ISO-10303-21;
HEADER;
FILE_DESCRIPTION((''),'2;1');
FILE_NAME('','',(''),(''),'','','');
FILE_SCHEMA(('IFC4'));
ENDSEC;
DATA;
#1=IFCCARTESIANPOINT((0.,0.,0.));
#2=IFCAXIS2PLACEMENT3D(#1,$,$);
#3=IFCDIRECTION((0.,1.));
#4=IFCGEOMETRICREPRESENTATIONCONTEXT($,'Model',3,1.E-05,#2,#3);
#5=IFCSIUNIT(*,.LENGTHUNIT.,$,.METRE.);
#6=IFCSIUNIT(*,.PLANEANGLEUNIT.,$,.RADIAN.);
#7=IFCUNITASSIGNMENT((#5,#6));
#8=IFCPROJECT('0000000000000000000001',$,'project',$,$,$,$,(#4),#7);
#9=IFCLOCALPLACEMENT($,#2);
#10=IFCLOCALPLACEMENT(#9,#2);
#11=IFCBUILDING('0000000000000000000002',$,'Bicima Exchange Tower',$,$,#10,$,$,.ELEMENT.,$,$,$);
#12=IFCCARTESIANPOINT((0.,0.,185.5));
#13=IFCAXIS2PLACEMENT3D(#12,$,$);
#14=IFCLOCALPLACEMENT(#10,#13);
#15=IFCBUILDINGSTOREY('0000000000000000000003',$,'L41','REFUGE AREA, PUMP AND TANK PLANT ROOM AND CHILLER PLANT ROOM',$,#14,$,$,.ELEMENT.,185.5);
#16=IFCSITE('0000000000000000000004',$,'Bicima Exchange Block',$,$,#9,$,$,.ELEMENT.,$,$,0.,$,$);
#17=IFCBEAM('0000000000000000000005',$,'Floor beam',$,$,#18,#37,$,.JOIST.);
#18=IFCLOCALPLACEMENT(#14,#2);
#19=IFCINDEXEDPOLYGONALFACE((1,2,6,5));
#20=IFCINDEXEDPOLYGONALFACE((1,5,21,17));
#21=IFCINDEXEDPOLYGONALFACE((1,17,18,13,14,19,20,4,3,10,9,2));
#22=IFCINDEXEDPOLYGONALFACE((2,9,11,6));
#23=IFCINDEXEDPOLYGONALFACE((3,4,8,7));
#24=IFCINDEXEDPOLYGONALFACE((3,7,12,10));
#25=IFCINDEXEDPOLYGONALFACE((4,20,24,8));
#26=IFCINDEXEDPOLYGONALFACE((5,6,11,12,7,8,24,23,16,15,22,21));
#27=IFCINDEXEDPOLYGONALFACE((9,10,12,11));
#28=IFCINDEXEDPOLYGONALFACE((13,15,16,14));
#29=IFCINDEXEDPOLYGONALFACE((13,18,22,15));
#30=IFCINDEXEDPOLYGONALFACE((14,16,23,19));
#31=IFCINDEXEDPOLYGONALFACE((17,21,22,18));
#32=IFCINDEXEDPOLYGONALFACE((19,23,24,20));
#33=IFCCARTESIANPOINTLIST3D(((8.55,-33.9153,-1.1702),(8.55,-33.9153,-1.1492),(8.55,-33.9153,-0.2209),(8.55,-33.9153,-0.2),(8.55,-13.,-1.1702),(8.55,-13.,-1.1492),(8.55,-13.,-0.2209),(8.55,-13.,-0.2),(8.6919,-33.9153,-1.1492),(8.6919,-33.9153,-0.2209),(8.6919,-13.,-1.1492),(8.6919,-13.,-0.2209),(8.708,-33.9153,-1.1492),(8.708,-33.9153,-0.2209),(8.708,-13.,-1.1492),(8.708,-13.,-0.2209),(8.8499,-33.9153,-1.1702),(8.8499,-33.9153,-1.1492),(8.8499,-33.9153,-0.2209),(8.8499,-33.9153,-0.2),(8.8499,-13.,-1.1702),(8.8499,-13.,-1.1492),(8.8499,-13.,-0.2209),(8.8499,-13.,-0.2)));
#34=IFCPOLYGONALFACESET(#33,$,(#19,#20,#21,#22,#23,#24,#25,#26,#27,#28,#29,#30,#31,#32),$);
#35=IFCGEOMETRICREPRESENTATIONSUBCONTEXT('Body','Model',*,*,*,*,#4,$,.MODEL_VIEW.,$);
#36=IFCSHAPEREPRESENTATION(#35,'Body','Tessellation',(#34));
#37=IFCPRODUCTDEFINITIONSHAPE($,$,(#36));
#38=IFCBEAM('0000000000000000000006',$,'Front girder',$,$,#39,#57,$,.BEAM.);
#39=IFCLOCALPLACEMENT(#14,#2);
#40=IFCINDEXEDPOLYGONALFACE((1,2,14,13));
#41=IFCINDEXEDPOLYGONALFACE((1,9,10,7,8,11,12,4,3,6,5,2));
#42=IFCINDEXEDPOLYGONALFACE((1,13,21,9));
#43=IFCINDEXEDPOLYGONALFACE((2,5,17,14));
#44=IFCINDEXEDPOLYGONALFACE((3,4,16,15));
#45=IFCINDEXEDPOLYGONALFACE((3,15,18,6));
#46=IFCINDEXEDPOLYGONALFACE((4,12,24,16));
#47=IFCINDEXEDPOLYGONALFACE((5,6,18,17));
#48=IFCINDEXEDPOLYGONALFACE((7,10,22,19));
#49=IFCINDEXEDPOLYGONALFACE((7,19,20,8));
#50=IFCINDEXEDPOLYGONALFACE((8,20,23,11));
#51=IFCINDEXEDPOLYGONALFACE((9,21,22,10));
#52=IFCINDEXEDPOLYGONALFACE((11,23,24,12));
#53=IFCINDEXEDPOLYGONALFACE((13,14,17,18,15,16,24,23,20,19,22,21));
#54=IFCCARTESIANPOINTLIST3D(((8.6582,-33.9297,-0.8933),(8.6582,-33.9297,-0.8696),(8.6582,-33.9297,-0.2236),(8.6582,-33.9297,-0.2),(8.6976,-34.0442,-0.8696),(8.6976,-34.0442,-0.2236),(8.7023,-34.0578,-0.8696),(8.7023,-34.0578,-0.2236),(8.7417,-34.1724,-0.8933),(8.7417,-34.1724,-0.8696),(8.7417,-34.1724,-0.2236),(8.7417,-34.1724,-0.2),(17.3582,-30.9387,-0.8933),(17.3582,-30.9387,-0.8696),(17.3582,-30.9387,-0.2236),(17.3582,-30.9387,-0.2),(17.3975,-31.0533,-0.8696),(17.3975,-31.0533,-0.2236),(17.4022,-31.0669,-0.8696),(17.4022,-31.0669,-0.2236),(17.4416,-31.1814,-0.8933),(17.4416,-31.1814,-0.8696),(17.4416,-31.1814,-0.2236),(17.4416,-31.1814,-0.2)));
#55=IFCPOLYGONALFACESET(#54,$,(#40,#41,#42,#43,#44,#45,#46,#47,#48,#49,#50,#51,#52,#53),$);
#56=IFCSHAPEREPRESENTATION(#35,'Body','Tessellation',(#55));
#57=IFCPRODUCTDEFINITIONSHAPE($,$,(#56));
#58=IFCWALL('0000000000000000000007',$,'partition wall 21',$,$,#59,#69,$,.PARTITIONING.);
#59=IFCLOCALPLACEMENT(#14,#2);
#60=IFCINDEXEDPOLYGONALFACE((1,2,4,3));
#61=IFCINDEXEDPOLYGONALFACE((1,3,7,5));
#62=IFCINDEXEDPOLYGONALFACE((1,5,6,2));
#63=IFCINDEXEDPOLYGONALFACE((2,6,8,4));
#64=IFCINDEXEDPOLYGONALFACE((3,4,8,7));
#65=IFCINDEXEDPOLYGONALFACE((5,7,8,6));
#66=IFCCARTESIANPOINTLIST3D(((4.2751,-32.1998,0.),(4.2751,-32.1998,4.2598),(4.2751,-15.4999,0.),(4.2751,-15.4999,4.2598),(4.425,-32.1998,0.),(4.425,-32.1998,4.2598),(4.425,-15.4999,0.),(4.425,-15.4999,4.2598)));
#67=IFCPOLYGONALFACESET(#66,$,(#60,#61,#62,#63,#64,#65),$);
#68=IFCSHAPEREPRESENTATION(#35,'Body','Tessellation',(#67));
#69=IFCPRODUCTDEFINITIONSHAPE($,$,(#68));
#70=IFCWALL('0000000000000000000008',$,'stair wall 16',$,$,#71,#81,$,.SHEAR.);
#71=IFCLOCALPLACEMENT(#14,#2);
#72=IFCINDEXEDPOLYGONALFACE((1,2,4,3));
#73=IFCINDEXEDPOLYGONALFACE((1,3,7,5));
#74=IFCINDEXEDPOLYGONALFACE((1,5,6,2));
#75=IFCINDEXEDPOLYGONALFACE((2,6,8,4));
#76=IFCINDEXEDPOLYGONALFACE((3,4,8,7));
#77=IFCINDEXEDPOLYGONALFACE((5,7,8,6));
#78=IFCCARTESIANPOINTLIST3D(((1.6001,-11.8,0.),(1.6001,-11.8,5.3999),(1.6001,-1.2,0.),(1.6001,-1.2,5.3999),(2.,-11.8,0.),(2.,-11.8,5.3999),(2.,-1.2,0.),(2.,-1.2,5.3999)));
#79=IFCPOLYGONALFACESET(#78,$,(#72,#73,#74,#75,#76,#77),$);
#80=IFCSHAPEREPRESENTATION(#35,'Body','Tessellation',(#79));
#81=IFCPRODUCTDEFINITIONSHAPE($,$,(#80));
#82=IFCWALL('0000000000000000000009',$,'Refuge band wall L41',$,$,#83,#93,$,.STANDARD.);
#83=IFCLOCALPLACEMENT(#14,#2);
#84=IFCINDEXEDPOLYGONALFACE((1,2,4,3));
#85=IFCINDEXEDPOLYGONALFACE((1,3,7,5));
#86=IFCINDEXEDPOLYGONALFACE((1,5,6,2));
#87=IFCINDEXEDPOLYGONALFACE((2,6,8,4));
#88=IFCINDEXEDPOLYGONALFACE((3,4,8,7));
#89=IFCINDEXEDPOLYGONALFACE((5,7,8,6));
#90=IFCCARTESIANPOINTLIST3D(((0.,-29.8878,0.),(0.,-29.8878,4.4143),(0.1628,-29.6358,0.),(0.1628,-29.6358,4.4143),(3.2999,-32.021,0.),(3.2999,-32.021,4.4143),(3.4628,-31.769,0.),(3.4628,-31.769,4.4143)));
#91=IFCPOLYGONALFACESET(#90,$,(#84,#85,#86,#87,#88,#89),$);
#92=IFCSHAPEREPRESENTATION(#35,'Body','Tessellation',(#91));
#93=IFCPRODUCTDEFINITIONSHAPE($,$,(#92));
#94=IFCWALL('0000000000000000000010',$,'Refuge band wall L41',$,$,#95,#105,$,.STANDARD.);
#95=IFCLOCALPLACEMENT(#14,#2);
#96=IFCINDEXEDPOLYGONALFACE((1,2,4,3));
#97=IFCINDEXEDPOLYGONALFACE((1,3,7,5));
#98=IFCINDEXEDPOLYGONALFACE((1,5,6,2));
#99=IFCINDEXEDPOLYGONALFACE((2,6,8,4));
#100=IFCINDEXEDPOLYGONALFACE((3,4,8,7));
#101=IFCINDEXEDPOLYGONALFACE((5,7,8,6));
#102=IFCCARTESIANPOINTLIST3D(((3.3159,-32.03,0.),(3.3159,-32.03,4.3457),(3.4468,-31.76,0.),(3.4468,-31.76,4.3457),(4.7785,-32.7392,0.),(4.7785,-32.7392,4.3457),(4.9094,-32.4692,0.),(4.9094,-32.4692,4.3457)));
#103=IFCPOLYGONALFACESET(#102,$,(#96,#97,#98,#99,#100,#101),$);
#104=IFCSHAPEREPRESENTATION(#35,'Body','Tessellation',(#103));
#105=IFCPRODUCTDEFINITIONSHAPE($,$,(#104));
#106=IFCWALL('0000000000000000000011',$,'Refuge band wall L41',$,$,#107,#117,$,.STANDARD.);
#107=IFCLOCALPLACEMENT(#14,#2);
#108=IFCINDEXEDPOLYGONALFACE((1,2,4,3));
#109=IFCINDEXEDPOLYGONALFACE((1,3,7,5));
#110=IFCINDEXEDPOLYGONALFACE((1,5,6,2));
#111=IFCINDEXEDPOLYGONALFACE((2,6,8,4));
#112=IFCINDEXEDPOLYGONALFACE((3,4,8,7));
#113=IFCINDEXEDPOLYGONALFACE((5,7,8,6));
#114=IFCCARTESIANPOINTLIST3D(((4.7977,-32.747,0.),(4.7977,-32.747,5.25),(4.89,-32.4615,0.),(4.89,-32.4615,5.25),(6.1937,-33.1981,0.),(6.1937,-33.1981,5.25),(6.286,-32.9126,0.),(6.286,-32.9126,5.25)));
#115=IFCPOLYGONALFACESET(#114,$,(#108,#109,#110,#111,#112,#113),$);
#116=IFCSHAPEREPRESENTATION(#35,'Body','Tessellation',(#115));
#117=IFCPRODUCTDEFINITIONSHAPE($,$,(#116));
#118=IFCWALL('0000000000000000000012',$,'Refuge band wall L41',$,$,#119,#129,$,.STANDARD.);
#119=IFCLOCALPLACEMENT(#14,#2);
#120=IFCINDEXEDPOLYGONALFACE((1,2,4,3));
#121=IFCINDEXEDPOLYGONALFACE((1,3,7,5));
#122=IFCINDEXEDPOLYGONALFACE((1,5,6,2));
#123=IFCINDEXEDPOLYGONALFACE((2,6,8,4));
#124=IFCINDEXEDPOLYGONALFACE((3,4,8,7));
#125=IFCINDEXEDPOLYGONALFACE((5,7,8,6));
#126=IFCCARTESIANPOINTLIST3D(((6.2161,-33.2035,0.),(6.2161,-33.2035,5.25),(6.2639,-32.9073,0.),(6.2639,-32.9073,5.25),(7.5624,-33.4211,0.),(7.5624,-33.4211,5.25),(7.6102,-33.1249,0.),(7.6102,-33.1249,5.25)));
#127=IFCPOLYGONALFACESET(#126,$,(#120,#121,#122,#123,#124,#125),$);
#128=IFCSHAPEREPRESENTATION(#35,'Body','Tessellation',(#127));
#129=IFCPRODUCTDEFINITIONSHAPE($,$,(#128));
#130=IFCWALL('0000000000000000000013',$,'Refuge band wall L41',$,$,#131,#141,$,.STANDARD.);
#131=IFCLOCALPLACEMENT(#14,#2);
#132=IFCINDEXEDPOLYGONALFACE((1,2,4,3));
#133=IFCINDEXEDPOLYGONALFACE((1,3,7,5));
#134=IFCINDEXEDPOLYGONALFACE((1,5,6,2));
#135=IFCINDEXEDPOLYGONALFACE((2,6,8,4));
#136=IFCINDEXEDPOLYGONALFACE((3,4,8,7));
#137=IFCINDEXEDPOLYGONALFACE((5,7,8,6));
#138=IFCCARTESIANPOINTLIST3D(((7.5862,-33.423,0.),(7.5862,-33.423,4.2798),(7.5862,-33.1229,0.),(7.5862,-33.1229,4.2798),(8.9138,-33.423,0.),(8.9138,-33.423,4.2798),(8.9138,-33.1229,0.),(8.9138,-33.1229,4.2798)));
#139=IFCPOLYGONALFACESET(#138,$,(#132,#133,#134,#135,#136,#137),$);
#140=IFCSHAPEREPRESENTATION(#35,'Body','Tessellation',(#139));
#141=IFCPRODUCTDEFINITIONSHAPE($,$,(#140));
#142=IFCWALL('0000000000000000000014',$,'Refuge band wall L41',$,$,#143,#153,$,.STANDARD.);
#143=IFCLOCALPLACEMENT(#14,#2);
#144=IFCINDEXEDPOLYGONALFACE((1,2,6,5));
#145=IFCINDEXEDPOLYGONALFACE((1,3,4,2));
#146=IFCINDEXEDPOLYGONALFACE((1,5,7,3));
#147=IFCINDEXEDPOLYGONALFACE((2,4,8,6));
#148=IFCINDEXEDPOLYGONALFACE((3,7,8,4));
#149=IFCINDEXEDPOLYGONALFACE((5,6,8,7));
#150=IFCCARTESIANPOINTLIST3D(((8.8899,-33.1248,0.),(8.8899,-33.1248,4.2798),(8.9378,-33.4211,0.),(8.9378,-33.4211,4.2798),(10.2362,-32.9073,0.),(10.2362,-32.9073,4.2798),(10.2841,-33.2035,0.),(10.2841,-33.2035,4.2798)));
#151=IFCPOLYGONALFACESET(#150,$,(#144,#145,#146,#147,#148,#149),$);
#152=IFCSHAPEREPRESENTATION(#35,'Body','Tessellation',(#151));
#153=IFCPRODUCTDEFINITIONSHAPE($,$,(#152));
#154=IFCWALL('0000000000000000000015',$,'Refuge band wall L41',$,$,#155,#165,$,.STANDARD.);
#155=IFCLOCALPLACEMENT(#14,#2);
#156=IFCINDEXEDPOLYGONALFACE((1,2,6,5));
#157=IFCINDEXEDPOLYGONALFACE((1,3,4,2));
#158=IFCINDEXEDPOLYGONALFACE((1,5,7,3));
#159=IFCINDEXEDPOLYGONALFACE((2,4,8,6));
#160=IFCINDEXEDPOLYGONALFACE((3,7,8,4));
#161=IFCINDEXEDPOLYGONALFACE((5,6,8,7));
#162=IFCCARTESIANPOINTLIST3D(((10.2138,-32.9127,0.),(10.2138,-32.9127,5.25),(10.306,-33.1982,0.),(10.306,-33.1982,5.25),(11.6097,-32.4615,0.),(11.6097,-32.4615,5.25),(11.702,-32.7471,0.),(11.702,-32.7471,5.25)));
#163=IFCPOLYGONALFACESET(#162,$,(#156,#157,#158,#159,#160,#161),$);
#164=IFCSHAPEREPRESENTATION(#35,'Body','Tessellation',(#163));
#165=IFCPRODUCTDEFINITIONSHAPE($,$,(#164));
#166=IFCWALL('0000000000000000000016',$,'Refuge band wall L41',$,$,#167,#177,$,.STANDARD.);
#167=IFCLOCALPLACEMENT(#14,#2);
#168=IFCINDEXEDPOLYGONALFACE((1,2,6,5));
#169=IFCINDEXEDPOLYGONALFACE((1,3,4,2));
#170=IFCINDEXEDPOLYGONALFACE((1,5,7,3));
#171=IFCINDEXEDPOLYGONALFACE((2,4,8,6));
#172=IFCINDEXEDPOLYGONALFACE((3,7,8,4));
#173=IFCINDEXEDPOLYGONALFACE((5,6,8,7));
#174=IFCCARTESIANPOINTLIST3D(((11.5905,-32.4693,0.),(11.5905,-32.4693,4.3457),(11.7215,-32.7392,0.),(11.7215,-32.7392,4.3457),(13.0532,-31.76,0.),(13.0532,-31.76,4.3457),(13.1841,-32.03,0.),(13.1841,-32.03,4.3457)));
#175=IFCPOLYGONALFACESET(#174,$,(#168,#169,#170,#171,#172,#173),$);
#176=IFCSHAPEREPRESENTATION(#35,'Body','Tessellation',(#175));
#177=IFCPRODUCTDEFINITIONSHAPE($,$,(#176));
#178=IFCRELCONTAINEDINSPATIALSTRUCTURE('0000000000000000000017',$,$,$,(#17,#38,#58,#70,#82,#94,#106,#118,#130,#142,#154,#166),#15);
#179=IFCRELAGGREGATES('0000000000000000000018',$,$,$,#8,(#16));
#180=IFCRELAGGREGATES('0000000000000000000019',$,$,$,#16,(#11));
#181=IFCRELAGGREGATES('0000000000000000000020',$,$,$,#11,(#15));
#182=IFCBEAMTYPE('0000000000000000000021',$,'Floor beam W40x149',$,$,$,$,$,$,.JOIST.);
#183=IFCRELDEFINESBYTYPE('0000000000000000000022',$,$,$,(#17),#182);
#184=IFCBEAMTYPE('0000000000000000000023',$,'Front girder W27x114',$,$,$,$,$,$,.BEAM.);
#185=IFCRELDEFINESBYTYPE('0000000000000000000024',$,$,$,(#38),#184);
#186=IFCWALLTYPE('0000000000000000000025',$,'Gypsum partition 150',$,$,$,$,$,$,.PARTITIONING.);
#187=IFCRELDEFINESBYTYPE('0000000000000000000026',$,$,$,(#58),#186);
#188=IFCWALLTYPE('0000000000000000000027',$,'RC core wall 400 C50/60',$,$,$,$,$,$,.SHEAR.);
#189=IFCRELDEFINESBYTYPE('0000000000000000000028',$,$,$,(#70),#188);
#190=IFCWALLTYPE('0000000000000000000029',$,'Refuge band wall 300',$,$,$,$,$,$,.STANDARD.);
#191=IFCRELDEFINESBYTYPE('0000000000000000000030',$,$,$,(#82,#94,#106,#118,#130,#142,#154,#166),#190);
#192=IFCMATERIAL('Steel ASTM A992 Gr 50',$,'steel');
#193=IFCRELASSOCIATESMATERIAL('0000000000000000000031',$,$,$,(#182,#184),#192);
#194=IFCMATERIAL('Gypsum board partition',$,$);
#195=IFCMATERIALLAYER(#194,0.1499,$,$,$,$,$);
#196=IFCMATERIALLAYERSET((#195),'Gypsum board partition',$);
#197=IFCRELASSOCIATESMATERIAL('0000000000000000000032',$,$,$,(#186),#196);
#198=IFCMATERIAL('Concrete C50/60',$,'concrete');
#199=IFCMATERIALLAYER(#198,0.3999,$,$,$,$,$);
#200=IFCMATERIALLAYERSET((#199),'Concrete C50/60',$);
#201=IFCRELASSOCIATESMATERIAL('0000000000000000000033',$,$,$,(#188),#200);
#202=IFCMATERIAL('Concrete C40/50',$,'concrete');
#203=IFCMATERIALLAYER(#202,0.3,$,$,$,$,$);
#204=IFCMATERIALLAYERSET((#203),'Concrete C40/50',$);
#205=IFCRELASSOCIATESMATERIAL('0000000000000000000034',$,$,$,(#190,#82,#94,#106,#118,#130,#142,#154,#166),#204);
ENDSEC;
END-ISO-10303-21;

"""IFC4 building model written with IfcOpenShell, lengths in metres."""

from ifc_helpers import new_model, si_unit, direction, frame, frame_2d, origin, origin_2d, place, context, subcontext, project, spatial, rectangle, i_section, extrude, material, layer, layer_set, layer_usage, material_profile, profile_set, type_object, element, save


model = new_model("IFC4")

# Units and contexts
model_context = context("Model", 3, precision=1e-05, world=origin(), true_north=direction((0.0, 1.0)))
body_context = subcontext(model_context, "Body", "Model", "MODEL_VIEW")
ifc_project = project(units=[si_unit("LENGTHUNIT", "METRE"), si_unit("PLANEANGLEUNIT", "RADIAN")], contexts=[model_context])

# Site, building, storey
site_placement = place(None, origin())
site = spatial("IfcSite", under=ifc_project, at=site_placement, Name="Bicima Exchange Block", CompositionType="ELEMENT", RefElevation=0.0)
building_placement = place(site_placement, origin())
building = spatial("IfcBuilding", under=site, at=building_placement, Name="Bicima Exchange Tower", CompositionType="ELEMENT")
storey_placement = place(building_placement, frame((0.0, 0.0, 185.5)))
storey = spatial("IfcBuildingStorey", under=building, at=storey_placement, Name="L41", Description="REFUGE AREA, PUMP AND TANK PLANT ROOM AND CHILLER PLANT ROOM", CompositionType="ELEMENT", Elevation=185.5)

# Shared definitions
ifc_material_1 = material(Name="Steel ASTM A992 Gr 50", Category="steel")

# Beams
ifc_material_profile_1 = material_profile(ifc_material_1, i_section(OverallWidth=0.2998, OverallDepth=0.9702, WebThickness=0.0161, FlangeThickness=0.021, at=origin_2d()))
ifc_profile_set_1 = profile_set([ifc_material_profile_1], Name="Steel ASTM A992 Gr 50")
beam_type_1 = type_object("IfcBeamType", Name="Floor beam W40x149", PredefinedType="JOIST", material=ifc_profile_set_1)
beam_1_placement = place(storey_placement, frame((8.7, -13.0, -0.6851), z_axis=(0.0, -1.0, 0.0), x_axis=(1.0, 0.0, 0.0)))
element("IfcBeam", 1, at=beam_1_placement, inside=storey, type_object=beam_type_1, Name="Floor beam", PredefinedType="JOIST", context=body_context, shape_type="SweptSolid", body=[
    extrude(i_section(OverallWidth=0.2998, OverallDepth=0.9702, WebThickness=0.0161, FlangeThickness=0.021, at=origin_2d()), origin(), (0.0, 0.0, 1.0), 20.9153),
])
ifc_material_profile_2 = material_profile(ifc_material_1, i_section(OverallWidth=0.2566, OverallDepth=0.6934, WebThickness=0.0144, FlangeThickness=0.0237, at=origin_2d()))
ifc_profile_set_2 = profile_set([ifc_material_profile_2], Name="Steel ASTM A992 Gr 50")
beam_type_2 = type_object("IfcBeamType", Name="Front girder W27x114", PredefinedType="BEAM", material=ifc_profile_set_2)
beam_2_placement = place(storey_placement, frame((8.7, -34.051, -0.5466), z_axis=(0.945675, 0.325115, 0.0), x_axis=(-0.325115, 0.945675, 0.0)))
element("IfcBeam", 2, at=beam_2_placement, inside=storey, type_object=beam_type_2, Name="Front girder", PredefinedType="BEAM", context=body_context, shape_type="SweptSolid", body=[
    extrude(i_section(OverallWidth=0.2566, OverallDepth=0.6934, WebThickness=0.0144, FlangeThickness=0.0237, at=origin_2d()), origin(), (0.0, 0.0, 1.0), 9.1997),
])

# Walls
ifc_material_2 = material(Name="Gypsum board partition")
ifc_layer_1 = layer(ifc_material_2, 0.1499)
ifc_layer_set_1 = layer_set([ifc_layer_1], Name="Gypsum board partition")
wall_type_1 = type_object("IfcWallType", Name="Gypsum partition 150", PredefinedType="PARTITIONING", material=ifc_layer_set_1)
wall_1_placement = place(storey_placement, frame((4.3501, -32.2, 0.0), z_axis=(0.0, 0.0, 1.0), x_axis=(0.0, 1.0, 0.0)))
element("IfcWall", 3, at=wall_1_placement, inside=storey, type_object=wall_type_1, Name="partition wall 21", PredefinedType="PARTITIONING", context=body_context, shape_type="SweptSolid", body=[
    extrude(rectangle(XDim=16.7, YDim=0.1499, at=frame_2d((8.3501, 0.0))), origin(), (0.0, 0.0, 1.0), 4.2598),
])
ifc_material_3 = material(Name="Concrete C50/60", Category="concrete")
ifc_layer_2 = layer(ifc_material_3, 0.3999)
ifc_layer_set_2 = layer_set([ifc_layer_2], Name="Concrete C50/60")
wall_type_2 = type_object("IfcWallType", Name="RC core wall 400 C50/60", PredefinedType="SHEAR", material=ifc_layer_set_2)
wall_2_placement = place(storey_placement, frame((1.8, -11.8, 0.0), z_axis=(0.0, 0.0, 1.0), x_axis=(0.0, 1.0, 0.0)))
element("IfcWall", 4, at=wall_2_placement, inside=storey, type_object=wall_type_2, Name="stair wall 16", PredefinedType="SHEAR", context=body_context, shape_type="SweptSolid", body=[
    extrude(rectangle(XDim=10.6001, YDim=0.3999, at=frame_2d((5.3, 0.0))), origin(), (0.0, 0.0, 1.0), 5.3999),
])
ifc_material_4 = material(Name="Concrete C40/50", Category="concrete")
ifc_layer_3 = layer(ifc_material_4, 0.3)
ifc_layer_set_3 = layer_set([ifc_layer_3], Name="Concrete C40/50")
ifc_layer_usage = layer_usage(ifc_layer_set_3, "AXIS2", "POSITIVE", -0.15)
wall_type_3 = type_object("IfcWallType", Name="Refuge band wall 300", PredefinedType="STANDARD", material=ifc_layer_set_3)
wall_3_placement = place(storey_placement, frame((0.0813, -29.7617, 0.0), z_axis=(0.0, 0.0, 1.0), x_axis=(0.839805, -0.542888, 0.0)))
element("IfcWall", 5, at=wall_3_placement, inside=storey, type_object=wall_type_3, material=ifc_layer_usage, Name="Refuge band wall L41", PredefinedType="STANDARD", context=body_context, shape_type="SweptSolid", body=[
    extrude(rectangle(XDim=3.9294, YDim=0.3, at=frame_2d((1.9648, 0.0))), origin(), (0.0, 0.0, 1.0), 4.4143),
])
wall_4_placement = place(storey_placement, frame((3.3813, -31.895, 0.0), z_axis=(0.0, 0.0, 1.0), x_axis=(0.899798, -0.436307, 0.0)))
element("IfcWall", 6, at=wall_4_placement, inside=storey, type_object=wall_type_3, material=ifc_layer_usage, Name="Refuge band wall L41", PredefinedType="STANDARD", context=body_context, shape_type="SweptSolid", body=[
    extrude(rectangle(XDim=1.6255, YDim=0.3, at=frame_2d((0.8127, 0.0))), origin(), (0.0, 0.0, 1.0), 4.3457),
])
wall_5_placement = place(storey_placement, frame((4.844, -32.6042, 0.0), z_axis=(0.0, 0.0, 1.0), x_axis=(0.951539, -0.307528, 0.0)))
element("IfcWall", 7, at=wall_5_placement, inside=storey, type_object=wall_type_3, material=ifc_layer_usage, Name="Refuge band wall L41", PredefinedType="STANDARD", context=body_context, shape_type="SweptSolid", body=[
    extrude(rectangle(XDim=1.467, YDim=0.3, at=frame_2d((0.7334, 0.0))), origin(), (0.0, 0.0, 1.0), 5.25),
])
wall_6_placement = place(storey_placement, frame((6.24, -33.0554, 0.0), z_axis=(0.0, 0.0, 1.0), x_axis=(0.987195, -0.15952, 0.0)))
element("IfcWall", 8, at=wall_6_placement, inside=storey, type_object=wall_type_3, material=ifc_layer_usage, Name="Refuge band wall L41", PredefinedType="STANDARD", context=body_context, shape_type="SweptSolid", body=[
    extrude(rectangle(XDim=1.3638, YDim=0.3, at=frame_2d((0.6819, 0.0))), origin(), (0.0, 0.0, 1.0), 5.25),
])
wall_7_placement = place(storey_placement, frame((7.5862, -33.2729, 0.0), z_axis=(0.0, 0.0, 1.0), x_axis=(1.0, 0.0, 0.0)))
element("IfcWall", 9, at=wall_7_placement, inside=storey, type_object=wall_type_3, material=ifc_layer_usage, Name="Refuge band wall L41", PredefinedType="STANDARD", context=body_context, shape_type="SweptSolid", body=[
    extrude(rectangle(XDim=1.3276, YDim=0.3, at=frame_2d((0.6638, 0.0))), origin(), (0.0, 0.0, 1.0), 4.2798),
])
wall_8_placement = place(storey_placement, frame((8.9138, -33.2729, 0.0), z_axis=(0.0, 0.0, 1.0), x_axis=(0.987195, 0.15952, 0.0)))
element("IfcWall", 10, at=wall_8_placement, inside=storey, type_object=wall_type_3, material=ifc_layer_usage, Name="Refuge band wall L41", PredefinedType="STANDARD", context=body_context, shape_type="SweptSolid", body=[
    extrude(rectangle(XDim=1.3638, YDim=0.3, at=frame_2d((0.6819, 0.0))), origin(), (0.0, 0.0, 1.0), 4.2798),
])
wall_9_placement = place(storey_placement, frame((10.26, -33.0554, 0.0), z_axis=(0.0, 0.0, 1.0), x_axis=(0.951539, 0.307528, 0.0)))
element("IfcWall", 11, at=wall_9_placement, inside=storey, type_object=wall_type_3, material=ifc_layer_usage, Name="Refuge band wall L41", PredefinedType="STANDARD", context=body_context, shape_type="SweptSolid", body=[
    extrude(rectangle(XDim=1.467, YDim=0.3, at=frame_2d((0.7334, 0.0))), origin(), (0.0, 0.0, 1.0), 5.25),
])
wall_10_placement = place(storey_placement, frame((11.656, -32.6042, 0.0), z_axis=(0.0, 0.0, 1.0), x_axis=(0.899798, 0.436307, 0.0)))
element("IfcWall", 12, at=wall_10_placement, inside=storey, type_object=wall_type_3, material=ifc_layer_usage, Name="Refuge band wall L41", PredefinedType="STANDARD", context=body_context, shape_type="SweptSolid", body=[
    extrude(rectangle(XDim=1.6255, YDim=0.3, at=frame_2d((0.8127, 0.0))), origin(), (0.0, 0.0, 1.0), 4.3457),
])

save(model, "model.ifc")
